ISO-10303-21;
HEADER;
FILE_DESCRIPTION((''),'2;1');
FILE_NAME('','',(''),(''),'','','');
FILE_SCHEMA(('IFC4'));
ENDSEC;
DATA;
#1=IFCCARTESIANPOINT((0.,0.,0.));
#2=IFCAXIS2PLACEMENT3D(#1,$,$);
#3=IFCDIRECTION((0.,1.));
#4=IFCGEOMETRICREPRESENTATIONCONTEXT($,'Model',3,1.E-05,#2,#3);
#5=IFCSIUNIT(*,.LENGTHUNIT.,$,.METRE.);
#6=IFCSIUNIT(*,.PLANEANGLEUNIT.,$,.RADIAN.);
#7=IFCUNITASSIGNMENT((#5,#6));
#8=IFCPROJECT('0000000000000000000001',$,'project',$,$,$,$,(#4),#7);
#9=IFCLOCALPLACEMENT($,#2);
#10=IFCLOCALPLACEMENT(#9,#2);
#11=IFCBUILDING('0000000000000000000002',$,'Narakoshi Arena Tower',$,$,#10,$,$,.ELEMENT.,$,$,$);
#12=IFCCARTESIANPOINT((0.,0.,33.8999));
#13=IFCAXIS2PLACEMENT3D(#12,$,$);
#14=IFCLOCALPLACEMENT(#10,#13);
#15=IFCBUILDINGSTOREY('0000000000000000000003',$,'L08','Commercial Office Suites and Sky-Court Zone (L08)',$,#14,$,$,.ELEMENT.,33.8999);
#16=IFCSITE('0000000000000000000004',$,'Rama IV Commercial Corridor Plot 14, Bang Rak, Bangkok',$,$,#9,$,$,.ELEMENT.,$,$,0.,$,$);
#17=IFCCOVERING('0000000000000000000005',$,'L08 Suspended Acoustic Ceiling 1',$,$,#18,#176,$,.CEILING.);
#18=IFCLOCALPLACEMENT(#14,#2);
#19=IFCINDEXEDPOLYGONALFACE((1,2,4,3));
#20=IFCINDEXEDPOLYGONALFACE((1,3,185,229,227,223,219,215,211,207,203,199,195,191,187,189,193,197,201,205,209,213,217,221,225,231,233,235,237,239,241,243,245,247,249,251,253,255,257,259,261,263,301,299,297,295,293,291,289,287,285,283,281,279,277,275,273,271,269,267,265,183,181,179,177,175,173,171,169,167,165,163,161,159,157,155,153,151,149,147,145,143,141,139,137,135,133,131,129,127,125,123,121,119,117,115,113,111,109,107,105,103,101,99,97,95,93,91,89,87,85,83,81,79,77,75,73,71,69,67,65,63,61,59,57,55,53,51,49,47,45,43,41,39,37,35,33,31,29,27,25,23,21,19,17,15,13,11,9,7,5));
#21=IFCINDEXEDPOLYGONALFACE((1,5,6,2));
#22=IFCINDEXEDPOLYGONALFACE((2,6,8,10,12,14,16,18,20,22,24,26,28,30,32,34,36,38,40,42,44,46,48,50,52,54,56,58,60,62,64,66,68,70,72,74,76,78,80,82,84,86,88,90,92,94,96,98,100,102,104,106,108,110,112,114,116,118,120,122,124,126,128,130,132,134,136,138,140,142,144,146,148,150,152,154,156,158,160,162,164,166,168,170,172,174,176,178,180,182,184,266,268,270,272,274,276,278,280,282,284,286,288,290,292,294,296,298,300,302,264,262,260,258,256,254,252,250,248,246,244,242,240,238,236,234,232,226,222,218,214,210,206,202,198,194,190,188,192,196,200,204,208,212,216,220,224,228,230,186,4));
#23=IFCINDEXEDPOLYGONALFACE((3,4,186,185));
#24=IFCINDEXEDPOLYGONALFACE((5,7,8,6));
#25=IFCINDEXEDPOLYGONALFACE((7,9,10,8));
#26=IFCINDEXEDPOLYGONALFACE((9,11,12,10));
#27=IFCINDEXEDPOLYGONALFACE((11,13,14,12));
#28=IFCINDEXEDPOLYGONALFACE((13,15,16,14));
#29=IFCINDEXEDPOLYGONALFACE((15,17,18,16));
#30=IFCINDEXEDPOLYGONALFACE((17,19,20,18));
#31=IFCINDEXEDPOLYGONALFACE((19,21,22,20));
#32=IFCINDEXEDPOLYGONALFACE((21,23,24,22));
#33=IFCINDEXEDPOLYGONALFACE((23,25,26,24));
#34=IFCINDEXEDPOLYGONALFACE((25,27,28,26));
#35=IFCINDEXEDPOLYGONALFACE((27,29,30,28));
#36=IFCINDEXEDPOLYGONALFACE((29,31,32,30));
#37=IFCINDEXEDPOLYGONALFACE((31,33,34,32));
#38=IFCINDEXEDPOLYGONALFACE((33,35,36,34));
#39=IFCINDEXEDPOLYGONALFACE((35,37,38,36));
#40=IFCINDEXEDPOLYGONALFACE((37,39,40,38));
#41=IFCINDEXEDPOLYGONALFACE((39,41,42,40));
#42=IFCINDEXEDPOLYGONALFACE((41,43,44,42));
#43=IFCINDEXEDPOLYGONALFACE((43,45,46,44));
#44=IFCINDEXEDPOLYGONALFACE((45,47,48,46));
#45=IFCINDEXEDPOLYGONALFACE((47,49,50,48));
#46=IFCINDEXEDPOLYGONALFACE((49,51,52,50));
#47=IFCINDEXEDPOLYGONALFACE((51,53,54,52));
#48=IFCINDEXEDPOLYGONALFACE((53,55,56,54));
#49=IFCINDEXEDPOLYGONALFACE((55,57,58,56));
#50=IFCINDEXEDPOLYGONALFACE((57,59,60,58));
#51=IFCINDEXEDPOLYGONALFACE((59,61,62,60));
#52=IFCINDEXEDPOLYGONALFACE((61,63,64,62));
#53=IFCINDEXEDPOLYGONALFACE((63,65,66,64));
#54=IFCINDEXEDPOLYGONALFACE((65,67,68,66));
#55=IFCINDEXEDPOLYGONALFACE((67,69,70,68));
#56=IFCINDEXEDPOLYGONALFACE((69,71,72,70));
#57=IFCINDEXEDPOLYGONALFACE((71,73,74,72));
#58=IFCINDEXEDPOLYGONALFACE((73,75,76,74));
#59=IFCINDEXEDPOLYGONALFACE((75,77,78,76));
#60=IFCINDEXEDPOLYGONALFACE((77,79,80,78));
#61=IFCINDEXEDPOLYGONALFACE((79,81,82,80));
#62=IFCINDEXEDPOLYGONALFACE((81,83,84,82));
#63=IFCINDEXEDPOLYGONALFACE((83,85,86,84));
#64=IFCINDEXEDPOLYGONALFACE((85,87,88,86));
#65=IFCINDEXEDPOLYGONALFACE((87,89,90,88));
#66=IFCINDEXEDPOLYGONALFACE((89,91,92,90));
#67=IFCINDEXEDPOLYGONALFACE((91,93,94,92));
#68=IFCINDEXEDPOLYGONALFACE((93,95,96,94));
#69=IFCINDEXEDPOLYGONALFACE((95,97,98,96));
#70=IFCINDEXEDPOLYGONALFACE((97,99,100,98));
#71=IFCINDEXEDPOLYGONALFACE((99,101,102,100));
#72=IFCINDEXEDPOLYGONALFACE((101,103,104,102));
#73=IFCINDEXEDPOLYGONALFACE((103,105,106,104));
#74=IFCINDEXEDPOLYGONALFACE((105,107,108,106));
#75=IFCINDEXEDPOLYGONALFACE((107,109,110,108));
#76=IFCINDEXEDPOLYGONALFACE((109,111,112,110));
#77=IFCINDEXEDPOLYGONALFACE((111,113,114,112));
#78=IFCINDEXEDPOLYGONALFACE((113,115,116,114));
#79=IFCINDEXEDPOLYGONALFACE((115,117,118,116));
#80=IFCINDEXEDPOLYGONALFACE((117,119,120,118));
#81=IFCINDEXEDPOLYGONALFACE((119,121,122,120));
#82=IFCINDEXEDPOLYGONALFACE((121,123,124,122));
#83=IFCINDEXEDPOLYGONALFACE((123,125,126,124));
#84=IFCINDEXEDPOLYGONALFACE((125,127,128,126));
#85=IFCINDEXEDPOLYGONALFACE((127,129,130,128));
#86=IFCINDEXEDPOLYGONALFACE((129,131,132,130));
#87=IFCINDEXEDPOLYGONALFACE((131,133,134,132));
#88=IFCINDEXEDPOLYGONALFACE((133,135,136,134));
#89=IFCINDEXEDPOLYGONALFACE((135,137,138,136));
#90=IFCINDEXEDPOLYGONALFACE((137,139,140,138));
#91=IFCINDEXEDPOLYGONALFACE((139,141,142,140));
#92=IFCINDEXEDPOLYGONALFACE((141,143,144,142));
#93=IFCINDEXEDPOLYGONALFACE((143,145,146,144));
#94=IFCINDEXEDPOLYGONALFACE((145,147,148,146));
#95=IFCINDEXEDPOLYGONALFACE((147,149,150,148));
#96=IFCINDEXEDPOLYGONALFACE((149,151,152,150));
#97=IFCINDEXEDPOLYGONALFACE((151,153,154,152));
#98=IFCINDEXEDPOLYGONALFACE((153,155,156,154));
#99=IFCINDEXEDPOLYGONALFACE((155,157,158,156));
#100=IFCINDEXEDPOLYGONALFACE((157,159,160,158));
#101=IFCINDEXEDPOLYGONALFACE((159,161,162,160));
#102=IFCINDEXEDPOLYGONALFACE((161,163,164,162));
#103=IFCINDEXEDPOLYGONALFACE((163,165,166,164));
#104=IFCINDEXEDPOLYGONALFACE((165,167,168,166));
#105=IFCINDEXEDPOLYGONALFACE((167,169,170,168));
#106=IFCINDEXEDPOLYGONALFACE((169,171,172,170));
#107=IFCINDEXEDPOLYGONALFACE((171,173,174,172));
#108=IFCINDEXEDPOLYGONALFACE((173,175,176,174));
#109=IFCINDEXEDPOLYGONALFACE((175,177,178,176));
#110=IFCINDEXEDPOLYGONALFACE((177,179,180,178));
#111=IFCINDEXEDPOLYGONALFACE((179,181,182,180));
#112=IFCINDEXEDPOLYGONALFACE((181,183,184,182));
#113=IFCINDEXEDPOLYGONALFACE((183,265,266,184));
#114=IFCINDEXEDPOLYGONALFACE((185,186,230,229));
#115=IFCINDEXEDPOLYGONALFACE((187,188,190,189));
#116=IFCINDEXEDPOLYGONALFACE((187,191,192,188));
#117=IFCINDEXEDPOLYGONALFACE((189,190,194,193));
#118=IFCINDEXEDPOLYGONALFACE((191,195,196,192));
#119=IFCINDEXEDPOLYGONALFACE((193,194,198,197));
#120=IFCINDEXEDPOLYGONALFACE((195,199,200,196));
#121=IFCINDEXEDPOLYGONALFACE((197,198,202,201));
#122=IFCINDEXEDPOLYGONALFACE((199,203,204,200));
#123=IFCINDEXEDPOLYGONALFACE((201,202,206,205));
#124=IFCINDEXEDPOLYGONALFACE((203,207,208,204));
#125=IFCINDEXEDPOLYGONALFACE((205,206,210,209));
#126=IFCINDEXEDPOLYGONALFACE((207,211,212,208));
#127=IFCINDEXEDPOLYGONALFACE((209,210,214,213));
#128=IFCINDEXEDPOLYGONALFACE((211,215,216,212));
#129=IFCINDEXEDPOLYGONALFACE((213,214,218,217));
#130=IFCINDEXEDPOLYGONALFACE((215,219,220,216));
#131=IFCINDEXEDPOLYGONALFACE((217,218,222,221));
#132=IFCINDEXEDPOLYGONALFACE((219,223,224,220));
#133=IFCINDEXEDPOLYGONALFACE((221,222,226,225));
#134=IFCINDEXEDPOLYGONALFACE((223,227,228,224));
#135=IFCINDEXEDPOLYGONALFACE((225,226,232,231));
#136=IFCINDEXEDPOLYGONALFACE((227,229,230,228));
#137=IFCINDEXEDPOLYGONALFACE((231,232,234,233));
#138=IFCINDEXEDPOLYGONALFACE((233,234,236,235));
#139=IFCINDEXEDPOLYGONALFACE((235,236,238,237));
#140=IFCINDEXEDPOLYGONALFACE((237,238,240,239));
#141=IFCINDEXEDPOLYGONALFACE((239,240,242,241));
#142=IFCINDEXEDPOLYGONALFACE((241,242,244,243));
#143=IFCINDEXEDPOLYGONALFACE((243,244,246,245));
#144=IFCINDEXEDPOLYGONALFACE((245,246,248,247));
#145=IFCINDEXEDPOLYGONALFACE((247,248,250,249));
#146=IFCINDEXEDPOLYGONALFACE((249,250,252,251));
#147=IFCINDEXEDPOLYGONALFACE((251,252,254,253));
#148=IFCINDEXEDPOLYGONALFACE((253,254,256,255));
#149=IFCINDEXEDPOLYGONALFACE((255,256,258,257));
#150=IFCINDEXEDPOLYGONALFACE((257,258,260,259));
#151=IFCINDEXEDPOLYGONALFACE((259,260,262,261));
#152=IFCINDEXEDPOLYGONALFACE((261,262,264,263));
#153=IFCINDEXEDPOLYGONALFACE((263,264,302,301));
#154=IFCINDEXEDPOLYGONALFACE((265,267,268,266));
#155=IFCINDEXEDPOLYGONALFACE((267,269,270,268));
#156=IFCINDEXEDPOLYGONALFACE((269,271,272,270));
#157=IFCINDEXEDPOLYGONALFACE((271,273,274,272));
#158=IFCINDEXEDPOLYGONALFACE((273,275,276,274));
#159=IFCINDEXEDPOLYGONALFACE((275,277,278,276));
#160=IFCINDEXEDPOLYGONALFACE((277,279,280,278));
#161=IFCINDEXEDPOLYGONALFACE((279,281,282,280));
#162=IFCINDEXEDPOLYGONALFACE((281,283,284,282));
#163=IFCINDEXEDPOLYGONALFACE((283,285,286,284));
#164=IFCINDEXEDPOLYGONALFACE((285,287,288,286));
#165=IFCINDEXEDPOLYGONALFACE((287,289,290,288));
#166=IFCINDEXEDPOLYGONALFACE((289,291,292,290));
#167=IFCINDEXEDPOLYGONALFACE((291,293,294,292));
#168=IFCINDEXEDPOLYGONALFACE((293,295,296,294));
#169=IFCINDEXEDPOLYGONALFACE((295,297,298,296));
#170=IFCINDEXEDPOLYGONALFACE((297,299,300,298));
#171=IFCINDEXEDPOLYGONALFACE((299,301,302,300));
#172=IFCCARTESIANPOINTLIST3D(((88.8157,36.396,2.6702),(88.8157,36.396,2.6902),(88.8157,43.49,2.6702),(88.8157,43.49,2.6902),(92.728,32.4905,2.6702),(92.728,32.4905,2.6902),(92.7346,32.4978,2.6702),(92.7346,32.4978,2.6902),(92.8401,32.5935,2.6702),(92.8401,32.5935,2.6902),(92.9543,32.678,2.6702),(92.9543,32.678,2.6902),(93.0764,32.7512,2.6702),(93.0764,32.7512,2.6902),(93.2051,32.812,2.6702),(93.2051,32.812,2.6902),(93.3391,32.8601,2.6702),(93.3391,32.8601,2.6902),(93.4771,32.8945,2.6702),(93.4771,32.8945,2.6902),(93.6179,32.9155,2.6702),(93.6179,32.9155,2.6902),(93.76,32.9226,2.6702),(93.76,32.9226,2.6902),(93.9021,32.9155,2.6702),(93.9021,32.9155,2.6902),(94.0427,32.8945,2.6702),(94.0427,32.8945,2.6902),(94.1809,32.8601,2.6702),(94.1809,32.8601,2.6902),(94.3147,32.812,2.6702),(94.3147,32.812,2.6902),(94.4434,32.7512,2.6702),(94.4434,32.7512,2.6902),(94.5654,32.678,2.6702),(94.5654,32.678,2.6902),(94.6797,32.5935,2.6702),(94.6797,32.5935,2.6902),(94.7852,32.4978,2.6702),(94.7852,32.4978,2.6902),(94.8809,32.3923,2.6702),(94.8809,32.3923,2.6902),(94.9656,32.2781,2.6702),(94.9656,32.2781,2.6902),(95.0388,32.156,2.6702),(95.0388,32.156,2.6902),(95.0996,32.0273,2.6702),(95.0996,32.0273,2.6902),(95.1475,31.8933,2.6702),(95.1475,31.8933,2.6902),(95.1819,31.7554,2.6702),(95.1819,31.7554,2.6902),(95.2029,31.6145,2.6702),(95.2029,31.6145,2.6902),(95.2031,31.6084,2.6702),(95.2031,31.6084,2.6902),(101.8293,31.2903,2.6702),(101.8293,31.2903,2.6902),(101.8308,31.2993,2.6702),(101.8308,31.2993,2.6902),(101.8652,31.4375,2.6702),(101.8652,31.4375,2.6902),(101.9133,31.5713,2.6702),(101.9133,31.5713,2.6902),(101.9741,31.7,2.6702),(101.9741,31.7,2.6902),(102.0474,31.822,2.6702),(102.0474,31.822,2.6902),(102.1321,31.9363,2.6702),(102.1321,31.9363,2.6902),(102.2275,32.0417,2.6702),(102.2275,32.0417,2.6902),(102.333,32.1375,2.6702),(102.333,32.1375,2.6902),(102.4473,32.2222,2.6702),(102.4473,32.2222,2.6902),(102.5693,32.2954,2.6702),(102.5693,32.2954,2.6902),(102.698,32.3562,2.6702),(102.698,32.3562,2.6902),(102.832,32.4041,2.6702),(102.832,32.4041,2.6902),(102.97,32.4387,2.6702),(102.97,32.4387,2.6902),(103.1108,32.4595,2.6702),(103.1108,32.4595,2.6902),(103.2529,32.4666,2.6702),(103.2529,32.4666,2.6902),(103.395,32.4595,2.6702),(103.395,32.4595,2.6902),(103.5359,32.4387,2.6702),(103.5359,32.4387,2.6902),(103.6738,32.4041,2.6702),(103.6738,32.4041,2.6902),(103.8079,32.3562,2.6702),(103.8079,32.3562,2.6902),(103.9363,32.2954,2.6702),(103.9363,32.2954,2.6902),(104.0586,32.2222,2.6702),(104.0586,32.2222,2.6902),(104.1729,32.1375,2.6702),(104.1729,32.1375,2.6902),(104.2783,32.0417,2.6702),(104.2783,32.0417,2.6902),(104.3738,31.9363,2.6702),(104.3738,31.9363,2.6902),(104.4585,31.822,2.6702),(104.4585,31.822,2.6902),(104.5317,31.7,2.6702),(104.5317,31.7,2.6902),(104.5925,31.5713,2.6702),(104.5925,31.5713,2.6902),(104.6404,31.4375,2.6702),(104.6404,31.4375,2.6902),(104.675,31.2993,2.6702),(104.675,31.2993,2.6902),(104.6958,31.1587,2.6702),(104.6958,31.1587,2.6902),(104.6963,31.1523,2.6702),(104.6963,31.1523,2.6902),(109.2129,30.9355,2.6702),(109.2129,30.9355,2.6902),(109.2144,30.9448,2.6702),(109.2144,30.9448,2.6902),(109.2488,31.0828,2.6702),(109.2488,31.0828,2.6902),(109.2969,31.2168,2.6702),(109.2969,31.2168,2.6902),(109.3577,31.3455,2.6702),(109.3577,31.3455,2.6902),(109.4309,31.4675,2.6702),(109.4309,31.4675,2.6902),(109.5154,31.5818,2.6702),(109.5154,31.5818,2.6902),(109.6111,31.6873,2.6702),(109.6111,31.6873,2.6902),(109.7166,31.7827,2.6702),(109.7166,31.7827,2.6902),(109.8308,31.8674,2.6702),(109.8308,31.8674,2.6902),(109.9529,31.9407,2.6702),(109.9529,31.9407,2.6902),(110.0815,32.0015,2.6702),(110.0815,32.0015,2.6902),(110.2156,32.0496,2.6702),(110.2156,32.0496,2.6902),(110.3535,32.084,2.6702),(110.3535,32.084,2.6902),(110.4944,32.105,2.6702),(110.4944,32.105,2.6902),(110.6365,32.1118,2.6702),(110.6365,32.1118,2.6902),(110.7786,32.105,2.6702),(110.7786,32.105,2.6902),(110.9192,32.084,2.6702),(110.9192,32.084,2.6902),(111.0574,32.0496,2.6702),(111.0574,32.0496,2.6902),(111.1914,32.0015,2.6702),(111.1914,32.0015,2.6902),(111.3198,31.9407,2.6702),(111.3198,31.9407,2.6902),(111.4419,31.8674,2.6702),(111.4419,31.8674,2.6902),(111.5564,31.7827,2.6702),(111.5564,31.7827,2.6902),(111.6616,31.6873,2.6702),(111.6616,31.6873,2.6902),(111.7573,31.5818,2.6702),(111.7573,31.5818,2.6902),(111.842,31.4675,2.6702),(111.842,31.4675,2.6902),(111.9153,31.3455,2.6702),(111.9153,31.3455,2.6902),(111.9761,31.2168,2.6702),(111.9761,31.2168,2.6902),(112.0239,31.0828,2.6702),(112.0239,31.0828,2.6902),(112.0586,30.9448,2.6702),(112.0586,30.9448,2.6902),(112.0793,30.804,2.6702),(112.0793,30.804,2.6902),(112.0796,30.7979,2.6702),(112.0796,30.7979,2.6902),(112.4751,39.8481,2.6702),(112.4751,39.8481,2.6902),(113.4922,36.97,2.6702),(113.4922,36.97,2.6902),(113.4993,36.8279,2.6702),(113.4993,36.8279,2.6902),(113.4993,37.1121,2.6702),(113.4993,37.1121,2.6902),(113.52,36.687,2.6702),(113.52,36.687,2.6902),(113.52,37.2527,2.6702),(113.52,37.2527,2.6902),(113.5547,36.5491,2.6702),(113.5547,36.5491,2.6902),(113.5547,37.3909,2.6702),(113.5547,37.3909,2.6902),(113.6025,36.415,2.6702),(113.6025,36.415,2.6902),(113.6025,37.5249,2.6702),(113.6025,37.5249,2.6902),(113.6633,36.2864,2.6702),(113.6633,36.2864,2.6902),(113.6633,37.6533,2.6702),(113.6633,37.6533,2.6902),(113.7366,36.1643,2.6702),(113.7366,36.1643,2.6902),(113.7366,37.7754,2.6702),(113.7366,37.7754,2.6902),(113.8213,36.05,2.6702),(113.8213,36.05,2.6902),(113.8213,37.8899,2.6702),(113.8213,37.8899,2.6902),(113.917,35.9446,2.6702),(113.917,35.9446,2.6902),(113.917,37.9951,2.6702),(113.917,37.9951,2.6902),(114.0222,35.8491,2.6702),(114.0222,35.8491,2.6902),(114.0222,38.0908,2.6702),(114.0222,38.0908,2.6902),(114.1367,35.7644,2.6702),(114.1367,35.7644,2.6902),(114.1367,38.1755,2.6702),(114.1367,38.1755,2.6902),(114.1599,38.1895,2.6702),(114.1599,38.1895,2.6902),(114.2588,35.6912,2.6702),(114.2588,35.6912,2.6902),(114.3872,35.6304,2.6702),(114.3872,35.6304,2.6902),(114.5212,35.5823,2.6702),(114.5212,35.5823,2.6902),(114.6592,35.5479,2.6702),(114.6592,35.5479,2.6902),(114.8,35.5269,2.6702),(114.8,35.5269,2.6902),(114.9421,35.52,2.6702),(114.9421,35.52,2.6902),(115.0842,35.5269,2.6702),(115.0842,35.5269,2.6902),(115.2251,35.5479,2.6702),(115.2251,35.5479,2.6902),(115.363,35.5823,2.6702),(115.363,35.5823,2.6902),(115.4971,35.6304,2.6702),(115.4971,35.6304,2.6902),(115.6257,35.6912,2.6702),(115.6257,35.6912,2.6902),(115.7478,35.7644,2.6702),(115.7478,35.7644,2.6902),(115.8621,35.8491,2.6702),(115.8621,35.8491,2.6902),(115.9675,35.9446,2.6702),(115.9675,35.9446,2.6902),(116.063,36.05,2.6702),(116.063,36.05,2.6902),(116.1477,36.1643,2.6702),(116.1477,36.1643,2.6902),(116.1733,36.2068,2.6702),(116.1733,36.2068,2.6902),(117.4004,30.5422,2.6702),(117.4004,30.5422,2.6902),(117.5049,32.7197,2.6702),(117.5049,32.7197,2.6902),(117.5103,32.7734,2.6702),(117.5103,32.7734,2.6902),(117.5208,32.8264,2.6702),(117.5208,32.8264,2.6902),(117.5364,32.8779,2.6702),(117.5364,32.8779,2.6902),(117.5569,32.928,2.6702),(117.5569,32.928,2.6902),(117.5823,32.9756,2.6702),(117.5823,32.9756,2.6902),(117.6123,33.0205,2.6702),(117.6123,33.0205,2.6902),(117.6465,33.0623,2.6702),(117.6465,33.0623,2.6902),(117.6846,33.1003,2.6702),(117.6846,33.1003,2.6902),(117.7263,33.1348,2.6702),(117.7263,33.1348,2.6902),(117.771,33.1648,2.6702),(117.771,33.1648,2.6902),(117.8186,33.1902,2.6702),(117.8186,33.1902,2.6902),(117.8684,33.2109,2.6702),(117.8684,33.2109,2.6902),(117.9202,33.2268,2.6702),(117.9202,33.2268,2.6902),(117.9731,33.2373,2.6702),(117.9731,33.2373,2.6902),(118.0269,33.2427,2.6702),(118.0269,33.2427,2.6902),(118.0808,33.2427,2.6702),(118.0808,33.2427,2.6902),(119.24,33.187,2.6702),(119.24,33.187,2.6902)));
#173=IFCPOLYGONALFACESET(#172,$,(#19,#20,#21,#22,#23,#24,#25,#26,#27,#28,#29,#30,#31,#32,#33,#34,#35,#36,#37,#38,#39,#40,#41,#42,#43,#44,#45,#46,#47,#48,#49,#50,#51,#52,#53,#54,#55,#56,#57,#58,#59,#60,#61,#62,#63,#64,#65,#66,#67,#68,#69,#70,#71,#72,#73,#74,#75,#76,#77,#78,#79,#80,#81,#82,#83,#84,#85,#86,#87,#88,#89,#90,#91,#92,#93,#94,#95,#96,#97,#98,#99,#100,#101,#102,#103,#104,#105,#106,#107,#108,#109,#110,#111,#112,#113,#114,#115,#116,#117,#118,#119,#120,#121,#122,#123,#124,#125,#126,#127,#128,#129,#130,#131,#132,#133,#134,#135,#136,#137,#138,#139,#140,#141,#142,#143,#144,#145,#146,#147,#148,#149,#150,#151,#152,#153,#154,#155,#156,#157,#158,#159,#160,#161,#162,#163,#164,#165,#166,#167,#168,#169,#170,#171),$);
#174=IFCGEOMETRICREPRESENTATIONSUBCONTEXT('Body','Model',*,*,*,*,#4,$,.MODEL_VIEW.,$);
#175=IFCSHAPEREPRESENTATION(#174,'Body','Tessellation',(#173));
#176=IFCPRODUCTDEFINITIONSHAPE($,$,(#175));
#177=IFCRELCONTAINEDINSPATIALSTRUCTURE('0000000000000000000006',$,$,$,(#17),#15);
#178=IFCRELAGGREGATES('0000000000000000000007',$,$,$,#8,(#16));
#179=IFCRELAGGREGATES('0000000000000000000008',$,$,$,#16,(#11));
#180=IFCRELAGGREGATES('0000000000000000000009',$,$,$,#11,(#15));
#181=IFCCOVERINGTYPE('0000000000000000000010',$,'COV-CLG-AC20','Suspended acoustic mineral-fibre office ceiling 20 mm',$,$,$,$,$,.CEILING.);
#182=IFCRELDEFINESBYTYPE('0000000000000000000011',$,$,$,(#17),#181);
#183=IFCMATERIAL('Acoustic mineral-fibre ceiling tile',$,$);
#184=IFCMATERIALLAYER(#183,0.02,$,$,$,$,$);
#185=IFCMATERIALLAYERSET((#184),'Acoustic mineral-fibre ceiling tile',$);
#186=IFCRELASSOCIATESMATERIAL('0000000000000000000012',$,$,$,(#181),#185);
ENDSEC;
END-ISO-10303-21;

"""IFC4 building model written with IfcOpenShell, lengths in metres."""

from ifc_helpers import new_model, si_unit, direction, frame, origin, place, context, subcontext, project, spatial, polyline, outline, extrude, material, layer, layer_set, type_object, element, save


model = new_model("IFC4")

# Units and contexts
model_context = context("Model", 3, precision=1e-05, world=origin(), true_north=direction((0.0, 1.0)))
body_context = subcontext(model_context, "Body", "Model", "MODEL_VIEW")
ifc_project = project(units=[si_unit("LENGTHUNIT", "METRE"), si_unit("PLANEANGLEUNIT", "RADIAN")], contexts=[model_context])

# Site, building, storey
site_placement = place(None, origin())
site = spatial("IfcSite", under=ifc_project, at=site_placement, Name="Rama IV Commercial Corridor Plot 14, Bang Rak, Bangkok", CompositionType="ELEMENT", RefElevation=0.0)
building_placement = place(site_placement, origin())
building = spatial("IfcBuilding", under=site, at=building_placement, Name="Narakoshi Arena Tower", CompositionType="ELEMENT")
storey_placement = place(building_placement, frame((0.0, 0.0, 33.8999)))
storey = spatial("IfcBuildingStorey", under=building, at=storey_placement, Name="L08", Description="Commercial Office Suites and Sky-Court Zone (L08)", CompositionType="ELEMENT", Elevation=33.8999)

# Covering
ifc_material_1 = material(Name="Acoustic mineral-fibre ceiling tile")
ifc_layer_1 = layer(ifc_material_1, 0.02)
ifc_layer_set_1 = layer_set([ifc_layer_1], Name="Acoustic mineral-fibre ceiling tile")
covering_type_1 = type_object("IfcCoveringType", Name="COV-CLG-AC20", Description="Suspended acoustic mineral-fibre office ceiling 20 mm", PredefinedType="CEILING", material=ifc_layer_set_1)
covering_1_placement = place(storey_placement, frame((0.0, 0.0, 2.6702)))
element("IfcCovering", 1, at=covering_1_placement, inside=storey, type_object=covering_type_1, Name="L08 Suspended Acoustic Ceiling 1", PredefinedType="CEILING", context=body_context, shape_type="SweptSolid", body=[
    extrude(outline(polyline([(118.0808, 33.2427), (118.0269, 33.2427), (117.9731, 33.2373), (117.9202, 33.2268), (117.8684, 33.2109), (117.8186, 33.1902), (117.771, 33.1648), (117.7263, 33.1348), (117.6846, 33.1003), (117.6465, 33.0623), (117.6123, 33.0205), (117.5823, 32.9756), (117.5569, 32.928), (117.5364, 32.8779), (117.5208, 32.8264), (117.5103, 32.7734), (117.5049, 32.7197), (117.4004, 30.5422), (112.0796, 30.7979), (112.0793, 30.804), (112.0586, 30.9448), (112.0239, 31.0828), (111.9761, 31.2168), (111.9153, 31.3455), (111.842, 31.4675), (111.7573, 31.5818), (111.6616, 31.6873), (111.5564, 31.7827), (111.4419, 31.8674), (111.3198, 31.9407), (111.1914, 32.0015), (111.0574, 32.0496), (110.9192, 32.084), (110.7786, 32.105), (110.6365, 32.1118), (110.4944, 32.105), (110.3535, 32.084), (110.2156, 32.0496), (110.0815, 32.0015), (109.9529, 31.9407), (109.8308, 31.8674), (109.7166, 31.7827), (109.6111, 31.6873), (109.5154, 31.5818), (109.4309, 31.4675), (109.3577, 31.3455), (109.2969, 31.2168), (109.2488, 31.0828), (109.2144, 30.9448), (109.2129, 30.9355), (104.6963, 31.1523), (104.6958, 31.1587), (104.675, 31.2993), (104.6404, 31.4375), (104.5925, 31.5713), (104.5317, 31.7), (104.4585, 31.822), (104.3738, 31.9363), (104.2783, 32.0417), (104.1729, 32.1375), (104.0586, 32.2222), (103.9363, 32.2954), (103.8079, 32.3562), (103.6738, 32.4041), (103.5359, 32.4387), (103.395, 32.4595), (103.2529, 32.4666), (103.1108, 32.4595), (102.97, 32.4387), (102.832, 32.4041), (102.698, 32.3562), (102.5693, 32.2954), (102.4473, 32.2222), (102.333, 32.1375), (102.2275, 32.0417), (102.1321, 31.9363), (102.0474, 31.822), (101.9741, 31.7), (101.9133, 31.5713), (101.8652, 31.4375), (101.8308, 31.2993), (101.8293, 31.2903), (95.2031, 31.6084), (95.2029, 31.6145), (95.1819, 31.7554), (95.1475, 31.8933), (95.0996, 32.0273), (95.0388, 32.156), (94.9656, 32.2781), (94.8809, 32.3923), (94.7852, 32.4978), (94.6797, 32.5935), (94.5654, 32.678), (94.4434, 32.7512), (94.3147, 32.812), (94.1809, 32.8601), (94.0427, 32.8945), (93.9021, 32.9155), (93.76, 32.9226), (93.6179, 32.9155), (93.4771, 32.8945), (93.3391, 32.8601), (93.2051, 32.812), (93.0764, 32.7512), (92.9543, 32.678), (92.8401, 32.5935), (92.7346, 32.4978), (92.728, 32.4905), (88.8157, 36.396), (88.8157, 43.49), (112.4751, 39.8481), (114.1599, 38.1895), (114.1367, 38.1755), (114.0222, 38.0908), (113.917, 37.9951), (113.8213, 37.8899), (113.7366, 37.7754), (113.6633, 37.6533), (113.6025, 37.5249), (113.5547, 37.3909), (113.52, 37.2527), (113.4993, 37.1121), (113.4922, 36.97), (113.4993, 36.8279), (113.52, 36.687), (113.5547, 36.5491), (113.6025, 36.415), (113.6633, 36.2864), (113.7366, 36.1643), (113.8213, 36.05), (113.917, 35.9446), (114.0222, 35.8491), (114.1367, 35.7644), (114.2588, 35.6912), (114.3872, 35.6304), (114.5212, 35.5823), (114.6592, 35.5479), (114.8, 35.5269), (114.9421, 35.52), (115.0842, 35.5269), (115.2251, 35.5479), (115.363, 35.5823), (115.4971, 35.6304), (115.6257, 35.6912), (115.7478, 35.7644), (115.8621, 35.8491), (115.9675, 35.9446), (116.063, 36.05), (116.1477, 36.1643), (116.1733, 36.2068), (119.24, 33.187), (118.0808, 33.2427)])), origin(), (0.0, 0.0, 1.0), 0.02),
])

save(model, "model.ifc")
